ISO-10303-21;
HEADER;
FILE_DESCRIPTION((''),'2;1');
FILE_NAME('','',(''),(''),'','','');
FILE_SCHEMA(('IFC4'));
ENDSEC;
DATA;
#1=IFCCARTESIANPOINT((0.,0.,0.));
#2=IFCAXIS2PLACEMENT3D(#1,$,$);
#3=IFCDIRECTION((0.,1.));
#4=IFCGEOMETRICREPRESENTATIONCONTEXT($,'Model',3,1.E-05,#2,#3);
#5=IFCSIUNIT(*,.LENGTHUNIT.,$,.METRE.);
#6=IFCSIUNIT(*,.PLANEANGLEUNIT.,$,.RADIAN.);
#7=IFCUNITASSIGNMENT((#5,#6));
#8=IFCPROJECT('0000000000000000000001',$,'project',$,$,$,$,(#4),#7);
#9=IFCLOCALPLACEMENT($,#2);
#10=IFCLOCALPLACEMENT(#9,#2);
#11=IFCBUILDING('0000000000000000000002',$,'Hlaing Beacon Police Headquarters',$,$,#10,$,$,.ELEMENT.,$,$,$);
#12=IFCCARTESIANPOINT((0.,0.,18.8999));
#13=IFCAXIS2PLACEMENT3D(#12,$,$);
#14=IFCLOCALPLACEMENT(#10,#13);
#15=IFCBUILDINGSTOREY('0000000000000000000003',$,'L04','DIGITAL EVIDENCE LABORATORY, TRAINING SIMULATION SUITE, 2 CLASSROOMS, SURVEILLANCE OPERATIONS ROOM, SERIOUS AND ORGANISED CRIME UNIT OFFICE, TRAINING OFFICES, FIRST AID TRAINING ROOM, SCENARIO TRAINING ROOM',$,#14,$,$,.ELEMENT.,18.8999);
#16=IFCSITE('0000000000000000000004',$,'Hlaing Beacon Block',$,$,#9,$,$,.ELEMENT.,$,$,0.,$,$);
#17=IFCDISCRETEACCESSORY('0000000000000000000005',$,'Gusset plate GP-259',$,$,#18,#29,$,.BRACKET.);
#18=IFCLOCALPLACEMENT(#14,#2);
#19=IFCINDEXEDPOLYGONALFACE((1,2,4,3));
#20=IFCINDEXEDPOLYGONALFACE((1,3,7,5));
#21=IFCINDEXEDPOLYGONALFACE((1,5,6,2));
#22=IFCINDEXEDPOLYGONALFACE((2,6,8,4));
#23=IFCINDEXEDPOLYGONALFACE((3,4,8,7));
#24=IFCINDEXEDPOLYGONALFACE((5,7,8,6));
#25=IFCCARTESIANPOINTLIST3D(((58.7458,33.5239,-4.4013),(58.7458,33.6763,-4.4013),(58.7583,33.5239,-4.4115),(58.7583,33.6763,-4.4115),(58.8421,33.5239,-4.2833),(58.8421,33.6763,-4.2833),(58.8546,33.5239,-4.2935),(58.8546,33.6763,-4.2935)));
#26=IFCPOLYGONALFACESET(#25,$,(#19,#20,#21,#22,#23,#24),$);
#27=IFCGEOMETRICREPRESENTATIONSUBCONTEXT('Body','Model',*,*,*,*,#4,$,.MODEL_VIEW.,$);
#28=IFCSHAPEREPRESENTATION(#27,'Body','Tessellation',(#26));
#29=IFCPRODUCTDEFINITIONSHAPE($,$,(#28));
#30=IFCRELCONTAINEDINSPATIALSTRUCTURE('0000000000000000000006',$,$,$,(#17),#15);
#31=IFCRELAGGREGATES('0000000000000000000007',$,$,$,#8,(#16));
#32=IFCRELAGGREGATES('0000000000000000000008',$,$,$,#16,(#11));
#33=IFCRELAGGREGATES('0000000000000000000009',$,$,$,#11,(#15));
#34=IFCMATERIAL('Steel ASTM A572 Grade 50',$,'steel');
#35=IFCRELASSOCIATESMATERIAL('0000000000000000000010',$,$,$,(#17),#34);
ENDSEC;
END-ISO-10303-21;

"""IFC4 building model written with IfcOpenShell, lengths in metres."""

from ifc_helpers import new_model, si_unit, direction, frame, origin, origin_2d, place, context, subcontext, project, spatial, rectangle, extrude, material, element, save


model = new_model("IFC4")

# Units and contexts
model_context = context("Model", 3, precision=1e-05, world=origin(), true_north=direction((0.0, 1.0)))
body_context = subcontext(model_context, "Body", "Model", "MODEL_VIEW")
ifc_project = project(units=[si_unit("LENGTHUNIT", "METRE"), si_unit("PLANEANGLEUNIT", "RADIAN")], contexts=[model_context])

# Site, building, storey
site_placement = place(None, origin())
site = spatial("IfcSite", under=ifc_project, at=site_placement, Name="Hlaing Beacon Block", CompositionType="ELEMENT", RefElevation=0.0)
building_placement = place(site_placement, origin())
building = spatial("IfcBuilding", under=site, at=building_placement, Name="Hlaing Beacon Police Headquarters", CompositionType="ELEMENT")
storey_placement = place(building_placement, frame((0.0, 0.0, 18.8999)))
storey = spatial("IfcBuildingStorey", under=building, at=storey_placement, Name="L04", Description="DIGITAL EVIDENCE LABORATORY, TRAINING SIMULATION SUITE, 2 CLASSROOMS, SURVEILLANCE OPERATIONS ROOM, SERIOUS AND ORGANISED CRIME UNIT OFFICE, TRAINING OFFICES, FIRST AID TRAINING ROOM, SCENARIO TRAINING ROOM", CompositionType="ELEMENT", Elevation=18.8999)

# Discrete accessory
ifc_material_1 = material(Name="Steel ASTM A572 Grade 50", Category="steel")
discrete_accessory_placement = place(storey_placement, frame((58.7939, 33.6001, -4.3423), z_axis=(0.774816, 0.0, -0.632187), x_axis=(0.0, 1.0, 0.0)))
element("IfcDiscreteAccessory", 1, at=discrete_accessory_placement, inside=storey, material=ifc_material_1, Name="Gusset plate GP-259", PredefinedType="BRACKET", context=body_context, shape_type="SweptSolid", body=[
    extrude(rectangle(XDim=0.1523, YDim=0.1523, at=origin_2d()), origin(), (0.0, 0.0, 1.0), 0.0161),
])

save(model, "model.ifc")
